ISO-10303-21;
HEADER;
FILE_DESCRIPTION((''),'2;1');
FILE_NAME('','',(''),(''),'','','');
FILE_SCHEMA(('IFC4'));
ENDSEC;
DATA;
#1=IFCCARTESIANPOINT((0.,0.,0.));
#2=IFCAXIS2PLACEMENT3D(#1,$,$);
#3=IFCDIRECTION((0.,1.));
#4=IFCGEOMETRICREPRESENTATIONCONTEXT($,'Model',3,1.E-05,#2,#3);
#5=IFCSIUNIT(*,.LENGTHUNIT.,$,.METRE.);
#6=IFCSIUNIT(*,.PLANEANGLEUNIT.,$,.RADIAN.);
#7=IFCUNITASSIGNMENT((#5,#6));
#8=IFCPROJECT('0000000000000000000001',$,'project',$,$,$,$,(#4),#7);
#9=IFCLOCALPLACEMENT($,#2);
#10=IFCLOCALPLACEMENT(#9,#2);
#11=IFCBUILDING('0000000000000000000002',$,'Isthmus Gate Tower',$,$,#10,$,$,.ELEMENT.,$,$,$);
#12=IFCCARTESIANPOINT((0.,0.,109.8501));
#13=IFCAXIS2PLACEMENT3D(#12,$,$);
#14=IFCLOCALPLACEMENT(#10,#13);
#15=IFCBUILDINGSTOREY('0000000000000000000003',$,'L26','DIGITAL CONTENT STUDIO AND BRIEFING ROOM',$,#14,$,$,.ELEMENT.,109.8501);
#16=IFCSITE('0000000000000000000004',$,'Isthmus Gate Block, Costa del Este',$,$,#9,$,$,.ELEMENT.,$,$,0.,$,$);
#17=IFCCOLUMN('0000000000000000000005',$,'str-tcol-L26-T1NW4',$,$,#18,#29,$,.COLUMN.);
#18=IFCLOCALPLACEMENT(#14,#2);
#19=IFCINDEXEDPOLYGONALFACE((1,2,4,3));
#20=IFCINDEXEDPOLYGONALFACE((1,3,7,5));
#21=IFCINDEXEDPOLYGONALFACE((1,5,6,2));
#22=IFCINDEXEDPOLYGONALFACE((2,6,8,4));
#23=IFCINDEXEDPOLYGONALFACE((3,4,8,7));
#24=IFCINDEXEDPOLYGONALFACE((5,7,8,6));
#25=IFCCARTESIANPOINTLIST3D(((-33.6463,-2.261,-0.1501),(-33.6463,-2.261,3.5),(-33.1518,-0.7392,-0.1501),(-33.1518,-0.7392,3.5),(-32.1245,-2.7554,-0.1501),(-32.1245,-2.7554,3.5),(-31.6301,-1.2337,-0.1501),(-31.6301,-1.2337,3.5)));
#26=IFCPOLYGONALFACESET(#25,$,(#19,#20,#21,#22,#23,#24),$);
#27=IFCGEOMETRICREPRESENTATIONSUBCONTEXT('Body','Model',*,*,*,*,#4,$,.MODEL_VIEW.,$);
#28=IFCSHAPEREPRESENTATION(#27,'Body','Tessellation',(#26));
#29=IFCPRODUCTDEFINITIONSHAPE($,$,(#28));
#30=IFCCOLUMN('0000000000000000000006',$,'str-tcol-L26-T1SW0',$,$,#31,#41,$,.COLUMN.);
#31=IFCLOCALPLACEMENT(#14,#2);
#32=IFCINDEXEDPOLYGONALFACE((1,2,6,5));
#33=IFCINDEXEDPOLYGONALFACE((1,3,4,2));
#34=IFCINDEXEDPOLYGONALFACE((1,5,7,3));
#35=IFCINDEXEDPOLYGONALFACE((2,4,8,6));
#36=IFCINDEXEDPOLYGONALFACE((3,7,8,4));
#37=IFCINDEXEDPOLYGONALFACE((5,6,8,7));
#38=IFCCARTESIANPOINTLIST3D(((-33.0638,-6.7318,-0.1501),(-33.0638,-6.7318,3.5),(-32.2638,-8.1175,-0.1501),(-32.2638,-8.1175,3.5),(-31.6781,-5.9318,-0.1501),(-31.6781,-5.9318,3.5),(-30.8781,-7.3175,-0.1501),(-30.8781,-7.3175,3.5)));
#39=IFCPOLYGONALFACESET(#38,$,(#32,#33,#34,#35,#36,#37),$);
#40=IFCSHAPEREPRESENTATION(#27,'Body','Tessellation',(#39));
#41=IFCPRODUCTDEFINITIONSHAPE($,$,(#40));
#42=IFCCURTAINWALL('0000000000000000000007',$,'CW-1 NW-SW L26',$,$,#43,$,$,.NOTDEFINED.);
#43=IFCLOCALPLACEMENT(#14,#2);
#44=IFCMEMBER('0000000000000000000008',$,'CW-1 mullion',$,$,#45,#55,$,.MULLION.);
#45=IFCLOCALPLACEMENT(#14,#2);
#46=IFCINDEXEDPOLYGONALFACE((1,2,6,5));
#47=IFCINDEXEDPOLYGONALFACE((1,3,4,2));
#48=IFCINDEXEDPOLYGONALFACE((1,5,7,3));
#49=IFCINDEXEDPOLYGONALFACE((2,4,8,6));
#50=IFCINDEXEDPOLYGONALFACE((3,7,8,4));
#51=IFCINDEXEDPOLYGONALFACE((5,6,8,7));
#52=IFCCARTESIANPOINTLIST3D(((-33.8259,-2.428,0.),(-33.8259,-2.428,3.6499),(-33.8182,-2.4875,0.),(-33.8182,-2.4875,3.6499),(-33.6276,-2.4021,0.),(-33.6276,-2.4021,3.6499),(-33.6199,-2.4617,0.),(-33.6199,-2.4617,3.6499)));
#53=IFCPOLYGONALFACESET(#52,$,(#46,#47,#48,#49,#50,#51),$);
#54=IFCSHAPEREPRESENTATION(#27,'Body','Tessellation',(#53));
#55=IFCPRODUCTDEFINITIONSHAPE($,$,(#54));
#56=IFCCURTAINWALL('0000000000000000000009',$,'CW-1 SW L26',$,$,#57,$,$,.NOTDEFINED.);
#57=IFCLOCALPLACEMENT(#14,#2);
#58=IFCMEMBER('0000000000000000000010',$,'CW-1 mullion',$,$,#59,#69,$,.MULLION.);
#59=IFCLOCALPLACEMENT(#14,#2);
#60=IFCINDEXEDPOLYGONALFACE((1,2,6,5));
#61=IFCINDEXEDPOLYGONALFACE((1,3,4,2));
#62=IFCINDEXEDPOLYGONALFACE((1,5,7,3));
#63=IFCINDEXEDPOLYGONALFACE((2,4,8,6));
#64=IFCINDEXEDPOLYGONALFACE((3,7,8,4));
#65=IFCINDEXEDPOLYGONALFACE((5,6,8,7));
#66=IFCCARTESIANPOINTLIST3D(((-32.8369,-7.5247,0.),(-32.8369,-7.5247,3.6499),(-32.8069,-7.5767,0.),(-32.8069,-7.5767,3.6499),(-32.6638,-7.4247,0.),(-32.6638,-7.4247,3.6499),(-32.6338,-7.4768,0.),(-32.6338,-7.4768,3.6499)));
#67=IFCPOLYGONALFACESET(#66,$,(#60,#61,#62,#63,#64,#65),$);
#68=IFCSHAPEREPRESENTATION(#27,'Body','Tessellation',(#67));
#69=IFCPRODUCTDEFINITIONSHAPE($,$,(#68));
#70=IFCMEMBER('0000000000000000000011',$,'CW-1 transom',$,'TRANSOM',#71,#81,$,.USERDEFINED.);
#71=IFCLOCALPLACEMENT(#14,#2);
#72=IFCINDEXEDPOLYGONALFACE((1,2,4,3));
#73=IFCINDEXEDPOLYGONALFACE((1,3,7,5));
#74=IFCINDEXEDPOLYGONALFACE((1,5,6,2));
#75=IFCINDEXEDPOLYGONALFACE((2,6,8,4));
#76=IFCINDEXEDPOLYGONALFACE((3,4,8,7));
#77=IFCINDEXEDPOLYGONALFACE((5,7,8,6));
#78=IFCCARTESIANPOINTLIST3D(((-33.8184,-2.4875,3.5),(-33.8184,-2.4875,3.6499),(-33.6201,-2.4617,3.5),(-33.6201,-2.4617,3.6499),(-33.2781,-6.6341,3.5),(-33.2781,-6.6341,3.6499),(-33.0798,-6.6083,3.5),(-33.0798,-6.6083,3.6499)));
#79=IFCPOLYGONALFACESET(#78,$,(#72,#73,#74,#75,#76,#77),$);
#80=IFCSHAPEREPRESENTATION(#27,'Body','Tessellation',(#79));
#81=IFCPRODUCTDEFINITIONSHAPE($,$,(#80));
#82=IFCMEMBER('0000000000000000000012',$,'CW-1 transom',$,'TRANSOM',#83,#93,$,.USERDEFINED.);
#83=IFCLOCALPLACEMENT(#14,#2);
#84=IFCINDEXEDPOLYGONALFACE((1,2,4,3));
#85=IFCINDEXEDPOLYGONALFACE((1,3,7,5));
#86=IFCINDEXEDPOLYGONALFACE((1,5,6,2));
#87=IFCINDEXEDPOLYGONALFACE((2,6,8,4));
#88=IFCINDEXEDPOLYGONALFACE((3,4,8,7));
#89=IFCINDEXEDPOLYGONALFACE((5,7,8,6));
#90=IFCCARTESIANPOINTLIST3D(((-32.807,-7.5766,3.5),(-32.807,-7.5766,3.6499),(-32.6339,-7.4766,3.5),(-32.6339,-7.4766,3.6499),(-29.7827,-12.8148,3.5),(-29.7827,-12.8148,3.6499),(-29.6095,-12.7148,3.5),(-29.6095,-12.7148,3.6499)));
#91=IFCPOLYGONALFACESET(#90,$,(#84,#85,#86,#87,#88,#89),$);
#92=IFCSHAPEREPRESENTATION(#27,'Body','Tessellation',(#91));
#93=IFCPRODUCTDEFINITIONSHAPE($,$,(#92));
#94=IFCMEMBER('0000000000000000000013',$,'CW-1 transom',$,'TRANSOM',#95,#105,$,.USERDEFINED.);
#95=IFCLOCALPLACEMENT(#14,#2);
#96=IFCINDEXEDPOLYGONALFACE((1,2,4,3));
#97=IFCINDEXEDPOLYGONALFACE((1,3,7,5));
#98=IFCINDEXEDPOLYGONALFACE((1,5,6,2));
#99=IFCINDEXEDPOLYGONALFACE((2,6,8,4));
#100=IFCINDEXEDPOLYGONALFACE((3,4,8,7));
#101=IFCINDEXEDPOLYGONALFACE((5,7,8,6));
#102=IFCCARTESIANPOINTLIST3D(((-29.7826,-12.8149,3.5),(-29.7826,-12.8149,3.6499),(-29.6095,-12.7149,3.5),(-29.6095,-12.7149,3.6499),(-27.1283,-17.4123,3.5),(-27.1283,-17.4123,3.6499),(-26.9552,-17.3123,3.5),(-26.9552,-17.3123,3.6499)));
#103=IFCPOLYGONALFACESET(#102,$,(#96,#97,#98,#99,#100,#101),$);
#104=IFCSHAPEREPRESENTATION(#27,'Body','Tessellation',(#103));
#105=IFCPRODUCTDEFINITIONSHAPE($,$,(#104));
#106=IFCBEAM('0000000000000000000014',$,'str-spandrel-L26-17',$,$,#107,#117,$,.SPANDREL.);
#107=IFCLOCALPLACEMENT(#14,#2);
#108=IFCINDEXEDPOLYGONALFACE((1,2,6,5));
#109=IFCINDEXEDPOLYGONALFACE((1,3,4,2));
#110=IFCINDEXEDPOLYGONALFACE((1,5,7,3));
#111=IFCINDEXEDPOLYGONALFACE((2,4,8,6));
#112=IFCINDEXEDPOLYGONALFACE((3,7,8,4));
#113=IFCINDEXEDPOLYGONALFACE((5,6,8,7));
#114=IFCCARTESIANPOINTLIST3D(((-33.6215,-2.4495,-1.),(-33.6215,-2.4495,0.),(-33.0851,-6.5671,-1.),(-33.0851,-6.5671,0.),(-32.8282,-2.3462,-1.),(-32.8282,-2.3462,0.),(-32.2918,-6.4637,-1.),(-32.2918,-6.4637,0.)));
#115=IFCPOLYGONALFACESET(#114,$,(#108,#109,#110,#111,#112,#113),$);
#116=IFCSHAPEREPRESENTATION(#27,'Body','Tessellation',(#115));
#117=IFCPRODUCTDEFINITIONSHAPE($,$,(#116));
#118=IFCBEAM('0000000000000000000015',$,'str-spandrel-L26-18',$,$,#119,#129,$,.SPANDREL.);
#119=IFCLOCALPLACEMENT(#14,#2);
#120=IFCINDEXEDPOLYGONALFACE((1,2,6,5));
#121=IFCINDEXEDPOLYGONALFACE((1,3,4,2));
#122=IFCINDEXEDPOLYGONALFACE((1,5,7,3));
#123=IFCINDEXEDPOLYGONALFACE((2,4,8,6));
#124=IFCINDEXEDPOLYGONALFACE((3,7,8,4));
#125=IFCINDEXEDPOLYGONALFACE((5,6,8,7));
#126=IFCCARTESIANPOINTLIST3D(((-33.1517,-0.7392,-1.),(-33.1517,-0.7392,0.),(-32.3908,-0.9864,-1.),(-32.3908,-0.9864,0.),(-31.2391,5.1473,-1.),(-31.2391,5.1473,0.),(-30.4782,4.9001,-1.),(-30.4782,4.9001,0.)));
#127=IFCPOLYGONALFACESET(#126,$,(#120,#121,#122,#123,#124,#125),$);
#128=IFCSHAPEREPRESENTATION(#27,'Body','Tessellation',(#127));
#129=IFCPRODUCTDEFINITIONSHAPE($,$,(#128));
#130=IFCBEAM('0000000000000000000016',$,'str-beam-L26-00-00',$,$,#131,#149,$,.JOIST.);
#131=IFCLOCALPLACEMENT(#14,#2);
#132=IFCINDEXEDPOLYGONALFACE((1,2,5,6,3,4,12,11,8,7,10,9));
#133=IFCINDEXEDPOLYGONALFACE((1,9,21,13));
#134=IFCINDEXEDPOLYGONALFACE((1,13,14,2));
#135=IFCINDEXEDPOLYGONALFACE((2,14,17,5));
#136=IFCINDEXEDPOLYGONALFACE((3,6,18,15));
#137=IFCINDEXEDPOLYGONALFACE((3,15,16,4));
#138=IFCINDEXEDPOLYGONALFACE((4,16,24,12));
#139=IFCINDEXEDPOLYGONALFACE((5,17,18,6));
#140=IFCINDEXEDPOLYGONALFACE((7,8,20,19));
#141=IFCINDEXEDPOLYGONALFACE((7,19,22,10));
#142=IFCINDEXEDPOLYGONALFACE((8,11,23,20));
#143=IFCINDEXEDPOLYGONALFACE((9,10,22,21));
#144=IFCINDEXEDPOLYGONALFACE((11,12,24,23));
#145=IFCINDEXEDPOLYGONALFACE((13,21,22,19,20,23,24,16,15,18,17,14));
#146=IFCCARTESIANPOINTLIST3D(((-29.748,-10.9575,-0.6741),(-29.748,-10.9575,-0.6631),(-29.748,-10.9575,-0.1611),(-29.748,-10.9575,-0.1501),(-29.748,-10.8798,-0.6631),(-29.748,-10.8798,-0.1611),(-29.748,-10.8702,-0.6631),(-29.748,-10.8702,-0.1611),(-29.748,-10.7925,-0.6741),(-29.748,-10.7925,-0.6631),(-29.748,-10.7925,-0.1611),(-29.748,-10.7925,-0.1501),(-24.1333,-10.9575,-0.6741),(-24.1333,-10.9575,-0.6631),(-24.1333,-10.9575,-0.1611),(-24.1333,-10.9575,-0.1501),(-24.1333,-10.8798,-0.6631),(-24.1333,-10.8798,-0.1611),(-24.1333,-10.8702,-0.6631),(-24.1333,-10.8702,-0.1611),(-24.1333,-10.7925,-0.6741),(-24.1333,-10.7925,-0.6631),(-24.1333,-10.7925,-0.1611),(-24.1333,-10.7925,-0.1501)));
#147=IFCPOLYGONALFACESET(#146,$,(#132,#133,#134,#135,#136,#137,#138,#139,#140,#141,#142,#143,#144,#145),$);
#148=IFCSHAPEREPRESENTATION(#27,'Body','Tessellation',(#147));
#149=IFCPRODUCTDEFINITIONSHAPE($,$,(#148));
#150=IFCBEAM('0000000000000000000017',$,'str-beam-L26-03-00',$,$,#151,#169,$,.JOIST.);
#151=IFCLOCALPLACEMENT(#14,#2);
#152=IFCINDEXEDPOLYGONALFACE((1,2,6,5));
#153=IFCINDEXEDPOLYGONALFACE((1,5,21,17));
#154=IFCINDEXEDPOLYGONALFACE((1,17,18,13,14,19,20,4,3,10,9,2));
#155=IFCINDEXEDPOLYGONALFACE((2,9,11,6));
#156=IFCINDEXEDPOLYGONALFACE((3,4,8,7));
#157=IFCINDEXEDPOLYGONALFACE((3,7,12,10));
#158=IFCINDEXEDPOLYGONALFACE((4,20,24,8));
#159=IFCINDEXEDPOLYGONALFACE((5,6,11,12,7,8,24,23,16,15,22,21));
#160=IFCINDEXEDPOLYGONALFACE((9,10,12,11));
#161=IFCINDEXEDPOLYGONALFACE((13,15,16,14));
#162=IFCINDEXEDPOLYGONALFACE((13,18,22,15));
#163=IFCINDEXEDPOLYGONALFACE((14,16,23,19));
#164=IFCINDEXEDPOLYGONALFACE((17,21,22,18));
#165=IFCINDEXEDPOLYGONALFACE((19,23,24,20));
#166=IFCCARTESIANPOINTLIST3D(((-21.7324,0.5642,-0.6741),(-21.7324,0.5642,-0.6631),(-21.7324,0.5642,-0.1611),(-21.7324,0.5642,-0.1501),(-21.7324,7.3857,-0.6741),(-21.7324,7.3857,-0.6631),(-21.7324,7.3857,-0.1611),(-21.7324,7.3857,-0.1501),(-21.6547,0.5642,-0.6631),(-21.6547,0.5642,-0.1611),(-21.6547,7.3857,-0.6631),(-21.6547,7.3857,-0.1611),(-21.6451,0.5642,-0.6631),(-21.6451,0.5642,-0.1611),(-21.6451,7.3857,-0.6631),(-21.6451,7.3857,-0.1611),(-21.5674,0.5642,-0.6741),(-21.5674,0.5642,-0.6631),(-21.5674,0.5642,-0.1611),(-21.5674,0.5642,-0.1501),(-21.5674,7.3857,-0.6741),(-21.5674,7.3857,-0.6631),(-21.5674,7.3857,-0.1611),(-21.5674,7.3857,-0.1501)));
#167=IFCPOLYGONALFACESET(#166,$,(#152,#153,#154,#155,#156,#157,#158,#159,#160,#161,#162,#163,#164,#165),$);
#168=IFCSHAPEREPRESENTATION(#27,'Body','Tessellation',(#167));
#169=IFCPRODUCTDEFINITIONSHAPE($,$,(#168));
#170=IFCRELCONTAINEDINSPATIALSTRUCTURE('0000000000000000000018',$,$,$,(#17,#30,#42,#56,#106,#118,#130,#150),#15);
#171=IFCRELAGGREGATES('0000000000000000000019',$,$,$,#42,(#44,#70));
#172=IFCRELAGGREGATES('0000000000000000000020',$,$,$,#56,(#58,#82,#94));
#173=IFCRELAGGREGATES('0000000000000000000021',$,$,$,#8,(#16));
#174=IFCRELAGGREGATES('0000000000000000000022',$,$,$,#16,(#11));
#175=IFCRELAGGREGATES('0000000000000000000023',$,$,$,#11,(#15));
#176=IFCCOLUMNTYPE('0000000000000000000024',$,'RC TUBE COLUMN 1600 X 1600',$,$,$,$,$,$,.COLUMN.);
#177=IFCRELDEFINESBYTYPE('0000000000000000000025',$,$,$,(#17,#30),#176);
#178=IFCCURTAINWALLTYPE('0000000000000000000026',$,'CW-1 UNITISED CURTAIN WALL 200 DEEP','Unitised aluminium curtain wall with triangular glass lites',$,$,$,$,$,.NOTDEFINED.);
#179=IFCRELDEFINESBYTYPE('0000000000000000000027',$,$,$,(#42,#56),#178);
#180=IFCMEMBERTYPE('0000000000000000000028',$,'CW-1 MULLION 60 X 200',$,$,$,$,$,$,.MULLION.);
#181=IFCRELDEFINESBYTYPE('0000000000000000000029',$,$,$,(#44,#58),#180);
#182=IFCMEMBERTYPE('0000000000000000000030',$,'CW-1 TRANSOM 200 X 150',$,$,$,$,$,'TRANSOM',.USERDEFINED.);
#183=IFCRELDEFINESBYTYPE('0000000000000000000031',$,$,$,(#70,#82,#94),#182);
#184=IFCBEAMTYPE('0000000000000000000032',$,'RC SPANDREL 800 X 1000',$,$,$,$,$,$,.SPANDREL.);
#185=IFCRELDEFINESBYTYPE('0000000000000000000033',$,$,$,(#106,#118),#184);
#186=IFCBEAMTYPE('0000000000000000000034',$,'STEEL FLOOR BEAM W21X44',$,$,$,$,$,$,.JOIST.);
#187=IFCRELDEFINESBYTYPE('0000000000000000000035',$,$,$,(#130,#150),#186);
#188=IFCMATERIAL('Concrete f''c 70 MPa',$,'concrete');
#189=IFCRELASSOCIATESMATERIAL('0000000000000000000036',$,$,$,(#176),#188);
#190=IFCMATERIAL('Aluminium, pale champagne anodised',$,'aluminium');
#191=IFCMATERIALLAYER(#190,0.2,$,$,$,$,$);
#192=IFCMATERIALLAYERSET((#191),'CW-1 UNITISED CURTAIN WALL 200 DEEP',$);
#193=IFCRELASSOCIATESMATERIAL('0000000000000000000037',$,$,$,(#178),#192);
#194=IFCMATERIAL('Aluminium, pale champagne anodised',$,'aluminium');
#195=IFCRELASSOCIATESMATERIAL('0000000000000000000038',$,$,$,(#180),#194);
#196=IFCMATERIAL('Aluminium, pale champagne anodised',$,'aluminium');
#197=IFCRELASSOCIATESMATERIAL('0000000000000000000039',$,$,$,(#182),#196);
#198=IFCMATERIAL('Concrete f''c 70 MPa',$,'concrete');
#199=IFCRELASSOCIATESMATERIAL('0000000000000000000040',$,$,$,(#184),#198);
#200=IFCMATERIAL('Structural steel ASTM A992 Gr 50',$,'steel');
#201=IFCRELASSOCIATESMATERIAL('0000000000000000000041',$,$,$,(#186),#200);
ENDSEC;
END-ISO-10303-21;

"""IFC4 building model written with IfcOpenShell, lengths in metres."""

from ifc_helpers import new_model, si_unit, direction, frame, origin, origin_2d, place, context, subcontext, project, spatial, rectangle, i_section, extrude, material, layer, layer_set, material_profile, profile_set, type_object, element, aggregate, save


model = new_model("IFC4")

# Units and contexts
model_context = context("Model", 3, precision=1e-05, world=origin(), true_north=direction((0.0, 1.0)))
body_context = subcontext(model_context, "Body", "Model", "MODEL_VIEW")
ifc_project = project(units=[si_unit("LENGTHUNIT", "METRE"), si_unit("PLANEANGLEUNIT", "RADIAN")], contexts=[model_context])

# Site, building, storey
site_placement = place(None, origin())
site = spatial("IfcSite", under=ifc_project, at=site_placement, Name="Isthmus Gate Block, Costa del Este", CompositionType="ELEMENT", RefElevation=0.0)
building_placement = place(site_placement, origin())
building = spatial("IfcBuilding", under=site, at=building_placement, Name="Isthmus Gate Tower", CompositionType="ELEMENT")
storey_placement = place(building_placement, frame((0.0, 0.0, 109.8501)))
storey = spatial("IfcBuildingStorey", under=building, at=storey_placement, Name="L26", Description="DIGITAL CONTENT STUDIO AND BRIEFING ROOM", CompositionType="ELEMENT", Elevation=109.8501)

# Columns
ifc_material_1 = material(Name="Concrete f'c 70 MPa", Category="concrete")
ifc_material_profile_1 = material_profile(ifc_material_1, rectangle(XDim=1.6001, YDim=1.6001, at=origin_2d()), Name="RC 1600X1600")
ifc_profile_set_1 = profile_set([ifc_material_profile_1], Name="Concrete f'c 70 MPa")
column_type = type_object("IfcColumnType", Name="RC TUBE COLUMN 1600 X 1600", PredefinedType="COLUMN", material=ifc_profile_set_1)
for number, where, z_axis, x_axis, name in (
    (1, (-32.6382, -1.7473, -0.1501), (0.0, 0.0, 1.0), (-0.309017, -0.951057, 0.0), "str-tcol-L26-T1NW4"),
    (2, (-31.9709, -7.0247, -0.1501), (0.0, 0.0, 1.0), (0.5, -0.866025, 0.0), "str-tcol-L26-T1SW0"),
):
    element("IfcColumn", number, at=place(storey_placement, frame(where, z_axis=z_axis, x_axis=x_axis)), inside=storey, type_object=column_type, Name=name, PredefinedType="COLUMN", context=body_context, shape_type="SweptSolid", body=[
        extrude(rectangle(XDim=1.6001, YDim=1.6001, at=origin_2d()), origin(), (0.0, 0.0, 1.0), 3.6501),
    ])

# Curtain walls, members
ifc_material_2 = material(Name="Aluminium, pale champagne anodised", Category="aluminium")
ifc_layer_1 = layer(ifc_material_2, 0.2)
ifc_layer_set_1 = layer_set([ifc_layer_1], Name="CW-1 UNITISED CURTAIN WALL 200 DEEP")
curtain_wall_type = type_object("IfcCurtainWallType", Name="CW-1 UNITISED CURTAIN WALL 200 DEEP", Description="Unitised aluminium curtain wall with triangular glass lites", PredefinedType="NOTDEFINED", material=ifc_layer_set_1)
curtain_wall_1_placement = place(storey_placement, origin())
curtain_wall_1 = element("IfcCurtainWall", 3, at=curtain_wall_1_placement, inside=storey, type_object=curtain_wall_type, Name="CW-1 NW-SW L26", PredefinedType="NOTDEFINED")
ifc_material_3 = material(Name="Aluminium, pale champagne anodised", Category="aluminium")
ifc_material_profile_2 = material_profile(ifc_material_3, rectangle(XDim=0.0601, YDim=0.2, at=origin_2d()), Name="60x200")
ifc_profile_set_2 = profile_set([ifc_material_profile_2], Name="Aluminium, pale champagne anodised")
member_type_1 = type_object("IfcMemberType", Name="CW-1 MULLION 60 X 200", PredefinedType="MULLION", material=ifc_profile_set_2)
member_1_placement = place(storey_placement, frame((-33.7229, -2.4448, 0.0), z_axis=(0.0, 0.0, 1.0), x_axis=(0.129165, -0.991623, 0.0)))
member_1 = element("IfcMember", 4, at=member_1_placement, type_object=member_type_1, Name="CW-1 mullion", PredefinedType="MULLION", context=body_context, shape_type="SweptSolid", body=[
    extrude(rectangle(XDim=0.0601, YDim=0.2, at=origin_2d()), origin(), (0.0, 0.0, 1.0), 3.6499),
])
curtain_wall_2_placement = place(storey_placement, origin())
curtain_wall_2 = element("IfcCurtainWall", 5, at=curtain_wall_2_placement, inside=storey, type_object=curtain_wall_type, Name="CW-1 SW L26", PredefinedType="NOTDEFINED")
member_2_placement = place(storey_placement, frame((-32.7354, -7.5007, 0.0), z_axis=(0.0, 0.0, 1.0), x_axis=(0.5, -0.866025, 0.0)))
member_2 = element("IfcMember", 6, at=member_2_placement, type_object=member_type_1, Name="CW-1 mullion", PredefinedType="MULLION", context=body_context, shape_type="SweptSolid", body=[
    extrude(rectangle(XDim=0.0601, YDim=0.2, at=origin_2d()), origin(), (0.0, 0.0, 1.0), 3.6499),
])

# Members
ifc_material_4 = material(Name="Aluminium, pale champagne anodised", Category="aluminium")
ifc_material_profile_3 = material_profile(ifc_material_4, rectangle(XDim=0.2, YDim=0.1499, at=origin_2d()), Name="200x150")
ifc_profile_set_3 = profile_set([ifc_material_profile_3], Name="Aluminium, pale champagne anodised")
member_type_2 = type_object("IfcMemberType", Name="CW-1 TRANSOM 200 X 150", ElementType="TRANSOM", PredefinedType="USERDEFINED", material=ifc_profile_set_3)
member_3_placement = place(storey_placement, frame((-33.7192, -2.4746, 3.575), z_axis=(0.129207, -0.991618, 0.0), x_axis=(0.991618, 0.129207, 0.0)))
member_3 = element("IfcMember", 7, at=member_3_placement, type_object=member_type_2, Name="CW-1 transom", ObjectType="TRANSOM", PredefinedType="USERDEFINED", context=body_context, shape_type="SweptSolid", body=[
    extrude(rectangle(XDim=0.2, YDim=0.1499, at=origin_2d()), origin(), (0.0, 0.0, 1.0), 4.1816),
])
member_4_placement = place(storey_placement, frame((-32.7205, -7.5266, 3.575), z_axis=(0.500011, -0.866019, 0.0), x_axis=(0.866019, 0.500011, 0.0)))
member_4 = element("IfcMember", 8, at=member_4_placement, type_object=member_type_2, Name="CW-1 transom", ObjectType="TRANSOM", PredefinedType="USERDEFINED", context=body_context, shape_type="SweptSolid", body=[
    extrude(rectangle(XDim=0.2, YDim=0.1499, at=origin_2d()), origin(), (0.0, 0.0, 1.0), 6.0486),
])
member_5_placement = place(storey_placement, frame((-29.696, -12.7649, 3.575), z_axis=(0.499997, -0.866027, 0.0), x_axis=(0.866027, 0.499997, 0.0)))
member_5 = element("IfcMember", 9, at=member_5_placement, type_object=member_type_2, Name="CW-1 transom", ObjectType="TRANSOM", PredefinedType="USERDEFINED", context=body_context, shape_type="SweptSolid", body=[
    extrude(rectangle(XDim=0.2, YDim=0.1499, at=origin_2d()), origin(), (0.0, 0.0, 1.0), 5.3086),
])

# Beams
ifc_material_5 = material(Name="Concrete f'c 70 MPa", Category="concrete")
ifc_material_profile_4 = material_profile(ifc_material_5, rectangle(XDim=0.8, YDim=1.0, at=origin_2d()), Name="RC 800X1000")
ifc_profile_set_4 = profile_set([ifc_material_profile_4], Name="Concrete f'c 70 MPa")
beam_type_1 = type_object("IfcBeamType", Name="RC SPANDREL 800 X 1000", PredefinedType="SPANDREL", material=ifc_profile_set_4)
beam_1_placement = place(storey_placement, frame((-32.6885, -6.5154, -0.5), z_axis=(-0.129171, 0.991622, 0.0), x_axis=(-0.991622, -0.129171, 0.0)))
element("IfcBeam", 10, at=beam_1_placement, inside=storey, type_object=beam_type_1, Name="str-spandrel-L26-17", PredefinedType="SPANDREL", context=body_context, shape_type="SweptSolid", body=[
    extrude(rectangle(XDim=0.8, YDim=1.0, at=origin_2d()), origin(), (0.0, 0.0, 1.0), 4.1523),
])
beam_2_placement = place(storey_placement, frame((-32.7712, -0.8628, -0.5), z_axis=(0.309012, 0.951058, 0.0), x_axis=(-0.951058, 0.309012, 0.0)))
element("IfcBeam", 11, at=beam_2_placement, inside=storey, type_object=beam_type_1, Name="str-spandrel-L26-18", PredefinedType="SPANDREL", context=body_context, shape_type="SweptSolid", body=[
    extrude(rectangle(XDim=0.8, YDim=1.0, at=origin_2d()), origin(), (0.0, 0.0, 1.0), 6.1895),
])
ifc_material_6 = material(Name="Structural steel ASTM A992 Gr 50", Category="steel")
ifc_material_profile_5 = material_profile(ifc_material_6, i_section(OverallWidth=0.165, OverallDepth=0.5239, WebThickness=0.0095, FlangeThickness=0.011, at=origin_2d()), Name="W21X44")
ifc_profile_set_5 = profile_set([ifc_material_profile_5], Name="Structural steel ASTM A992 Gr 50")
beam_type_2 = type_object("IfcBeamType", Name="STEEL FLOOR BEAM W21X44", PredefinedType="JOIST", material=ifc_profile_set_5)
beam_3_placement = place(storey_placement, frame((-29.748, -10.875, -0.4121), z_axis=(1.0, 0.0, 0.0), x_axis=(0.0, 1.0, 0.0)))
element("IfcBeam", 12, at=beam_3_placement, inside=storey, type_object=beam_type_2, Name="str-beam-L26-00-00", PredefinedType="JOIST", context=body_context, shape_type="SweptSolid", body=[
    extrude(i_section(OverallWidth=0.165, OverallDepth=0.5239, WebThickness=0.0095, FlangeThickness=0.011, at=origin_2d()), origin(), (0.0, 0.0, 1.0), 5.6147),
])
beam_4_placement = place(storey_placement, frame((-21.6499, 0.5642, -0.4121), z_axis=(0.0, 1.0, 0.0), x_axis=(-1.0, 0.0, 0.0)))
element("IfcBeam", 13, at=beam_4_placement, inside=storey, type_object=beam_type_2, Name="str-beam-L26-03-00", PredefinedType="JOIST", context=body_context, shape_type="SweptSolid", body=[
    extrude(i_section(OverallWidth=0.165, OverallDepth=0.5239, WebThickness=0.0095, FlangeThickness=0.011, at=origin_2d()), origin(), (0.0, 0.0, 1.0), 6.8215),
])

aggregate(curtain_wall_1, [member_1, member_3])
aggregate(curtain_wall_2, [member_2, member_4, member_5])

save(model, "model.ifc")
